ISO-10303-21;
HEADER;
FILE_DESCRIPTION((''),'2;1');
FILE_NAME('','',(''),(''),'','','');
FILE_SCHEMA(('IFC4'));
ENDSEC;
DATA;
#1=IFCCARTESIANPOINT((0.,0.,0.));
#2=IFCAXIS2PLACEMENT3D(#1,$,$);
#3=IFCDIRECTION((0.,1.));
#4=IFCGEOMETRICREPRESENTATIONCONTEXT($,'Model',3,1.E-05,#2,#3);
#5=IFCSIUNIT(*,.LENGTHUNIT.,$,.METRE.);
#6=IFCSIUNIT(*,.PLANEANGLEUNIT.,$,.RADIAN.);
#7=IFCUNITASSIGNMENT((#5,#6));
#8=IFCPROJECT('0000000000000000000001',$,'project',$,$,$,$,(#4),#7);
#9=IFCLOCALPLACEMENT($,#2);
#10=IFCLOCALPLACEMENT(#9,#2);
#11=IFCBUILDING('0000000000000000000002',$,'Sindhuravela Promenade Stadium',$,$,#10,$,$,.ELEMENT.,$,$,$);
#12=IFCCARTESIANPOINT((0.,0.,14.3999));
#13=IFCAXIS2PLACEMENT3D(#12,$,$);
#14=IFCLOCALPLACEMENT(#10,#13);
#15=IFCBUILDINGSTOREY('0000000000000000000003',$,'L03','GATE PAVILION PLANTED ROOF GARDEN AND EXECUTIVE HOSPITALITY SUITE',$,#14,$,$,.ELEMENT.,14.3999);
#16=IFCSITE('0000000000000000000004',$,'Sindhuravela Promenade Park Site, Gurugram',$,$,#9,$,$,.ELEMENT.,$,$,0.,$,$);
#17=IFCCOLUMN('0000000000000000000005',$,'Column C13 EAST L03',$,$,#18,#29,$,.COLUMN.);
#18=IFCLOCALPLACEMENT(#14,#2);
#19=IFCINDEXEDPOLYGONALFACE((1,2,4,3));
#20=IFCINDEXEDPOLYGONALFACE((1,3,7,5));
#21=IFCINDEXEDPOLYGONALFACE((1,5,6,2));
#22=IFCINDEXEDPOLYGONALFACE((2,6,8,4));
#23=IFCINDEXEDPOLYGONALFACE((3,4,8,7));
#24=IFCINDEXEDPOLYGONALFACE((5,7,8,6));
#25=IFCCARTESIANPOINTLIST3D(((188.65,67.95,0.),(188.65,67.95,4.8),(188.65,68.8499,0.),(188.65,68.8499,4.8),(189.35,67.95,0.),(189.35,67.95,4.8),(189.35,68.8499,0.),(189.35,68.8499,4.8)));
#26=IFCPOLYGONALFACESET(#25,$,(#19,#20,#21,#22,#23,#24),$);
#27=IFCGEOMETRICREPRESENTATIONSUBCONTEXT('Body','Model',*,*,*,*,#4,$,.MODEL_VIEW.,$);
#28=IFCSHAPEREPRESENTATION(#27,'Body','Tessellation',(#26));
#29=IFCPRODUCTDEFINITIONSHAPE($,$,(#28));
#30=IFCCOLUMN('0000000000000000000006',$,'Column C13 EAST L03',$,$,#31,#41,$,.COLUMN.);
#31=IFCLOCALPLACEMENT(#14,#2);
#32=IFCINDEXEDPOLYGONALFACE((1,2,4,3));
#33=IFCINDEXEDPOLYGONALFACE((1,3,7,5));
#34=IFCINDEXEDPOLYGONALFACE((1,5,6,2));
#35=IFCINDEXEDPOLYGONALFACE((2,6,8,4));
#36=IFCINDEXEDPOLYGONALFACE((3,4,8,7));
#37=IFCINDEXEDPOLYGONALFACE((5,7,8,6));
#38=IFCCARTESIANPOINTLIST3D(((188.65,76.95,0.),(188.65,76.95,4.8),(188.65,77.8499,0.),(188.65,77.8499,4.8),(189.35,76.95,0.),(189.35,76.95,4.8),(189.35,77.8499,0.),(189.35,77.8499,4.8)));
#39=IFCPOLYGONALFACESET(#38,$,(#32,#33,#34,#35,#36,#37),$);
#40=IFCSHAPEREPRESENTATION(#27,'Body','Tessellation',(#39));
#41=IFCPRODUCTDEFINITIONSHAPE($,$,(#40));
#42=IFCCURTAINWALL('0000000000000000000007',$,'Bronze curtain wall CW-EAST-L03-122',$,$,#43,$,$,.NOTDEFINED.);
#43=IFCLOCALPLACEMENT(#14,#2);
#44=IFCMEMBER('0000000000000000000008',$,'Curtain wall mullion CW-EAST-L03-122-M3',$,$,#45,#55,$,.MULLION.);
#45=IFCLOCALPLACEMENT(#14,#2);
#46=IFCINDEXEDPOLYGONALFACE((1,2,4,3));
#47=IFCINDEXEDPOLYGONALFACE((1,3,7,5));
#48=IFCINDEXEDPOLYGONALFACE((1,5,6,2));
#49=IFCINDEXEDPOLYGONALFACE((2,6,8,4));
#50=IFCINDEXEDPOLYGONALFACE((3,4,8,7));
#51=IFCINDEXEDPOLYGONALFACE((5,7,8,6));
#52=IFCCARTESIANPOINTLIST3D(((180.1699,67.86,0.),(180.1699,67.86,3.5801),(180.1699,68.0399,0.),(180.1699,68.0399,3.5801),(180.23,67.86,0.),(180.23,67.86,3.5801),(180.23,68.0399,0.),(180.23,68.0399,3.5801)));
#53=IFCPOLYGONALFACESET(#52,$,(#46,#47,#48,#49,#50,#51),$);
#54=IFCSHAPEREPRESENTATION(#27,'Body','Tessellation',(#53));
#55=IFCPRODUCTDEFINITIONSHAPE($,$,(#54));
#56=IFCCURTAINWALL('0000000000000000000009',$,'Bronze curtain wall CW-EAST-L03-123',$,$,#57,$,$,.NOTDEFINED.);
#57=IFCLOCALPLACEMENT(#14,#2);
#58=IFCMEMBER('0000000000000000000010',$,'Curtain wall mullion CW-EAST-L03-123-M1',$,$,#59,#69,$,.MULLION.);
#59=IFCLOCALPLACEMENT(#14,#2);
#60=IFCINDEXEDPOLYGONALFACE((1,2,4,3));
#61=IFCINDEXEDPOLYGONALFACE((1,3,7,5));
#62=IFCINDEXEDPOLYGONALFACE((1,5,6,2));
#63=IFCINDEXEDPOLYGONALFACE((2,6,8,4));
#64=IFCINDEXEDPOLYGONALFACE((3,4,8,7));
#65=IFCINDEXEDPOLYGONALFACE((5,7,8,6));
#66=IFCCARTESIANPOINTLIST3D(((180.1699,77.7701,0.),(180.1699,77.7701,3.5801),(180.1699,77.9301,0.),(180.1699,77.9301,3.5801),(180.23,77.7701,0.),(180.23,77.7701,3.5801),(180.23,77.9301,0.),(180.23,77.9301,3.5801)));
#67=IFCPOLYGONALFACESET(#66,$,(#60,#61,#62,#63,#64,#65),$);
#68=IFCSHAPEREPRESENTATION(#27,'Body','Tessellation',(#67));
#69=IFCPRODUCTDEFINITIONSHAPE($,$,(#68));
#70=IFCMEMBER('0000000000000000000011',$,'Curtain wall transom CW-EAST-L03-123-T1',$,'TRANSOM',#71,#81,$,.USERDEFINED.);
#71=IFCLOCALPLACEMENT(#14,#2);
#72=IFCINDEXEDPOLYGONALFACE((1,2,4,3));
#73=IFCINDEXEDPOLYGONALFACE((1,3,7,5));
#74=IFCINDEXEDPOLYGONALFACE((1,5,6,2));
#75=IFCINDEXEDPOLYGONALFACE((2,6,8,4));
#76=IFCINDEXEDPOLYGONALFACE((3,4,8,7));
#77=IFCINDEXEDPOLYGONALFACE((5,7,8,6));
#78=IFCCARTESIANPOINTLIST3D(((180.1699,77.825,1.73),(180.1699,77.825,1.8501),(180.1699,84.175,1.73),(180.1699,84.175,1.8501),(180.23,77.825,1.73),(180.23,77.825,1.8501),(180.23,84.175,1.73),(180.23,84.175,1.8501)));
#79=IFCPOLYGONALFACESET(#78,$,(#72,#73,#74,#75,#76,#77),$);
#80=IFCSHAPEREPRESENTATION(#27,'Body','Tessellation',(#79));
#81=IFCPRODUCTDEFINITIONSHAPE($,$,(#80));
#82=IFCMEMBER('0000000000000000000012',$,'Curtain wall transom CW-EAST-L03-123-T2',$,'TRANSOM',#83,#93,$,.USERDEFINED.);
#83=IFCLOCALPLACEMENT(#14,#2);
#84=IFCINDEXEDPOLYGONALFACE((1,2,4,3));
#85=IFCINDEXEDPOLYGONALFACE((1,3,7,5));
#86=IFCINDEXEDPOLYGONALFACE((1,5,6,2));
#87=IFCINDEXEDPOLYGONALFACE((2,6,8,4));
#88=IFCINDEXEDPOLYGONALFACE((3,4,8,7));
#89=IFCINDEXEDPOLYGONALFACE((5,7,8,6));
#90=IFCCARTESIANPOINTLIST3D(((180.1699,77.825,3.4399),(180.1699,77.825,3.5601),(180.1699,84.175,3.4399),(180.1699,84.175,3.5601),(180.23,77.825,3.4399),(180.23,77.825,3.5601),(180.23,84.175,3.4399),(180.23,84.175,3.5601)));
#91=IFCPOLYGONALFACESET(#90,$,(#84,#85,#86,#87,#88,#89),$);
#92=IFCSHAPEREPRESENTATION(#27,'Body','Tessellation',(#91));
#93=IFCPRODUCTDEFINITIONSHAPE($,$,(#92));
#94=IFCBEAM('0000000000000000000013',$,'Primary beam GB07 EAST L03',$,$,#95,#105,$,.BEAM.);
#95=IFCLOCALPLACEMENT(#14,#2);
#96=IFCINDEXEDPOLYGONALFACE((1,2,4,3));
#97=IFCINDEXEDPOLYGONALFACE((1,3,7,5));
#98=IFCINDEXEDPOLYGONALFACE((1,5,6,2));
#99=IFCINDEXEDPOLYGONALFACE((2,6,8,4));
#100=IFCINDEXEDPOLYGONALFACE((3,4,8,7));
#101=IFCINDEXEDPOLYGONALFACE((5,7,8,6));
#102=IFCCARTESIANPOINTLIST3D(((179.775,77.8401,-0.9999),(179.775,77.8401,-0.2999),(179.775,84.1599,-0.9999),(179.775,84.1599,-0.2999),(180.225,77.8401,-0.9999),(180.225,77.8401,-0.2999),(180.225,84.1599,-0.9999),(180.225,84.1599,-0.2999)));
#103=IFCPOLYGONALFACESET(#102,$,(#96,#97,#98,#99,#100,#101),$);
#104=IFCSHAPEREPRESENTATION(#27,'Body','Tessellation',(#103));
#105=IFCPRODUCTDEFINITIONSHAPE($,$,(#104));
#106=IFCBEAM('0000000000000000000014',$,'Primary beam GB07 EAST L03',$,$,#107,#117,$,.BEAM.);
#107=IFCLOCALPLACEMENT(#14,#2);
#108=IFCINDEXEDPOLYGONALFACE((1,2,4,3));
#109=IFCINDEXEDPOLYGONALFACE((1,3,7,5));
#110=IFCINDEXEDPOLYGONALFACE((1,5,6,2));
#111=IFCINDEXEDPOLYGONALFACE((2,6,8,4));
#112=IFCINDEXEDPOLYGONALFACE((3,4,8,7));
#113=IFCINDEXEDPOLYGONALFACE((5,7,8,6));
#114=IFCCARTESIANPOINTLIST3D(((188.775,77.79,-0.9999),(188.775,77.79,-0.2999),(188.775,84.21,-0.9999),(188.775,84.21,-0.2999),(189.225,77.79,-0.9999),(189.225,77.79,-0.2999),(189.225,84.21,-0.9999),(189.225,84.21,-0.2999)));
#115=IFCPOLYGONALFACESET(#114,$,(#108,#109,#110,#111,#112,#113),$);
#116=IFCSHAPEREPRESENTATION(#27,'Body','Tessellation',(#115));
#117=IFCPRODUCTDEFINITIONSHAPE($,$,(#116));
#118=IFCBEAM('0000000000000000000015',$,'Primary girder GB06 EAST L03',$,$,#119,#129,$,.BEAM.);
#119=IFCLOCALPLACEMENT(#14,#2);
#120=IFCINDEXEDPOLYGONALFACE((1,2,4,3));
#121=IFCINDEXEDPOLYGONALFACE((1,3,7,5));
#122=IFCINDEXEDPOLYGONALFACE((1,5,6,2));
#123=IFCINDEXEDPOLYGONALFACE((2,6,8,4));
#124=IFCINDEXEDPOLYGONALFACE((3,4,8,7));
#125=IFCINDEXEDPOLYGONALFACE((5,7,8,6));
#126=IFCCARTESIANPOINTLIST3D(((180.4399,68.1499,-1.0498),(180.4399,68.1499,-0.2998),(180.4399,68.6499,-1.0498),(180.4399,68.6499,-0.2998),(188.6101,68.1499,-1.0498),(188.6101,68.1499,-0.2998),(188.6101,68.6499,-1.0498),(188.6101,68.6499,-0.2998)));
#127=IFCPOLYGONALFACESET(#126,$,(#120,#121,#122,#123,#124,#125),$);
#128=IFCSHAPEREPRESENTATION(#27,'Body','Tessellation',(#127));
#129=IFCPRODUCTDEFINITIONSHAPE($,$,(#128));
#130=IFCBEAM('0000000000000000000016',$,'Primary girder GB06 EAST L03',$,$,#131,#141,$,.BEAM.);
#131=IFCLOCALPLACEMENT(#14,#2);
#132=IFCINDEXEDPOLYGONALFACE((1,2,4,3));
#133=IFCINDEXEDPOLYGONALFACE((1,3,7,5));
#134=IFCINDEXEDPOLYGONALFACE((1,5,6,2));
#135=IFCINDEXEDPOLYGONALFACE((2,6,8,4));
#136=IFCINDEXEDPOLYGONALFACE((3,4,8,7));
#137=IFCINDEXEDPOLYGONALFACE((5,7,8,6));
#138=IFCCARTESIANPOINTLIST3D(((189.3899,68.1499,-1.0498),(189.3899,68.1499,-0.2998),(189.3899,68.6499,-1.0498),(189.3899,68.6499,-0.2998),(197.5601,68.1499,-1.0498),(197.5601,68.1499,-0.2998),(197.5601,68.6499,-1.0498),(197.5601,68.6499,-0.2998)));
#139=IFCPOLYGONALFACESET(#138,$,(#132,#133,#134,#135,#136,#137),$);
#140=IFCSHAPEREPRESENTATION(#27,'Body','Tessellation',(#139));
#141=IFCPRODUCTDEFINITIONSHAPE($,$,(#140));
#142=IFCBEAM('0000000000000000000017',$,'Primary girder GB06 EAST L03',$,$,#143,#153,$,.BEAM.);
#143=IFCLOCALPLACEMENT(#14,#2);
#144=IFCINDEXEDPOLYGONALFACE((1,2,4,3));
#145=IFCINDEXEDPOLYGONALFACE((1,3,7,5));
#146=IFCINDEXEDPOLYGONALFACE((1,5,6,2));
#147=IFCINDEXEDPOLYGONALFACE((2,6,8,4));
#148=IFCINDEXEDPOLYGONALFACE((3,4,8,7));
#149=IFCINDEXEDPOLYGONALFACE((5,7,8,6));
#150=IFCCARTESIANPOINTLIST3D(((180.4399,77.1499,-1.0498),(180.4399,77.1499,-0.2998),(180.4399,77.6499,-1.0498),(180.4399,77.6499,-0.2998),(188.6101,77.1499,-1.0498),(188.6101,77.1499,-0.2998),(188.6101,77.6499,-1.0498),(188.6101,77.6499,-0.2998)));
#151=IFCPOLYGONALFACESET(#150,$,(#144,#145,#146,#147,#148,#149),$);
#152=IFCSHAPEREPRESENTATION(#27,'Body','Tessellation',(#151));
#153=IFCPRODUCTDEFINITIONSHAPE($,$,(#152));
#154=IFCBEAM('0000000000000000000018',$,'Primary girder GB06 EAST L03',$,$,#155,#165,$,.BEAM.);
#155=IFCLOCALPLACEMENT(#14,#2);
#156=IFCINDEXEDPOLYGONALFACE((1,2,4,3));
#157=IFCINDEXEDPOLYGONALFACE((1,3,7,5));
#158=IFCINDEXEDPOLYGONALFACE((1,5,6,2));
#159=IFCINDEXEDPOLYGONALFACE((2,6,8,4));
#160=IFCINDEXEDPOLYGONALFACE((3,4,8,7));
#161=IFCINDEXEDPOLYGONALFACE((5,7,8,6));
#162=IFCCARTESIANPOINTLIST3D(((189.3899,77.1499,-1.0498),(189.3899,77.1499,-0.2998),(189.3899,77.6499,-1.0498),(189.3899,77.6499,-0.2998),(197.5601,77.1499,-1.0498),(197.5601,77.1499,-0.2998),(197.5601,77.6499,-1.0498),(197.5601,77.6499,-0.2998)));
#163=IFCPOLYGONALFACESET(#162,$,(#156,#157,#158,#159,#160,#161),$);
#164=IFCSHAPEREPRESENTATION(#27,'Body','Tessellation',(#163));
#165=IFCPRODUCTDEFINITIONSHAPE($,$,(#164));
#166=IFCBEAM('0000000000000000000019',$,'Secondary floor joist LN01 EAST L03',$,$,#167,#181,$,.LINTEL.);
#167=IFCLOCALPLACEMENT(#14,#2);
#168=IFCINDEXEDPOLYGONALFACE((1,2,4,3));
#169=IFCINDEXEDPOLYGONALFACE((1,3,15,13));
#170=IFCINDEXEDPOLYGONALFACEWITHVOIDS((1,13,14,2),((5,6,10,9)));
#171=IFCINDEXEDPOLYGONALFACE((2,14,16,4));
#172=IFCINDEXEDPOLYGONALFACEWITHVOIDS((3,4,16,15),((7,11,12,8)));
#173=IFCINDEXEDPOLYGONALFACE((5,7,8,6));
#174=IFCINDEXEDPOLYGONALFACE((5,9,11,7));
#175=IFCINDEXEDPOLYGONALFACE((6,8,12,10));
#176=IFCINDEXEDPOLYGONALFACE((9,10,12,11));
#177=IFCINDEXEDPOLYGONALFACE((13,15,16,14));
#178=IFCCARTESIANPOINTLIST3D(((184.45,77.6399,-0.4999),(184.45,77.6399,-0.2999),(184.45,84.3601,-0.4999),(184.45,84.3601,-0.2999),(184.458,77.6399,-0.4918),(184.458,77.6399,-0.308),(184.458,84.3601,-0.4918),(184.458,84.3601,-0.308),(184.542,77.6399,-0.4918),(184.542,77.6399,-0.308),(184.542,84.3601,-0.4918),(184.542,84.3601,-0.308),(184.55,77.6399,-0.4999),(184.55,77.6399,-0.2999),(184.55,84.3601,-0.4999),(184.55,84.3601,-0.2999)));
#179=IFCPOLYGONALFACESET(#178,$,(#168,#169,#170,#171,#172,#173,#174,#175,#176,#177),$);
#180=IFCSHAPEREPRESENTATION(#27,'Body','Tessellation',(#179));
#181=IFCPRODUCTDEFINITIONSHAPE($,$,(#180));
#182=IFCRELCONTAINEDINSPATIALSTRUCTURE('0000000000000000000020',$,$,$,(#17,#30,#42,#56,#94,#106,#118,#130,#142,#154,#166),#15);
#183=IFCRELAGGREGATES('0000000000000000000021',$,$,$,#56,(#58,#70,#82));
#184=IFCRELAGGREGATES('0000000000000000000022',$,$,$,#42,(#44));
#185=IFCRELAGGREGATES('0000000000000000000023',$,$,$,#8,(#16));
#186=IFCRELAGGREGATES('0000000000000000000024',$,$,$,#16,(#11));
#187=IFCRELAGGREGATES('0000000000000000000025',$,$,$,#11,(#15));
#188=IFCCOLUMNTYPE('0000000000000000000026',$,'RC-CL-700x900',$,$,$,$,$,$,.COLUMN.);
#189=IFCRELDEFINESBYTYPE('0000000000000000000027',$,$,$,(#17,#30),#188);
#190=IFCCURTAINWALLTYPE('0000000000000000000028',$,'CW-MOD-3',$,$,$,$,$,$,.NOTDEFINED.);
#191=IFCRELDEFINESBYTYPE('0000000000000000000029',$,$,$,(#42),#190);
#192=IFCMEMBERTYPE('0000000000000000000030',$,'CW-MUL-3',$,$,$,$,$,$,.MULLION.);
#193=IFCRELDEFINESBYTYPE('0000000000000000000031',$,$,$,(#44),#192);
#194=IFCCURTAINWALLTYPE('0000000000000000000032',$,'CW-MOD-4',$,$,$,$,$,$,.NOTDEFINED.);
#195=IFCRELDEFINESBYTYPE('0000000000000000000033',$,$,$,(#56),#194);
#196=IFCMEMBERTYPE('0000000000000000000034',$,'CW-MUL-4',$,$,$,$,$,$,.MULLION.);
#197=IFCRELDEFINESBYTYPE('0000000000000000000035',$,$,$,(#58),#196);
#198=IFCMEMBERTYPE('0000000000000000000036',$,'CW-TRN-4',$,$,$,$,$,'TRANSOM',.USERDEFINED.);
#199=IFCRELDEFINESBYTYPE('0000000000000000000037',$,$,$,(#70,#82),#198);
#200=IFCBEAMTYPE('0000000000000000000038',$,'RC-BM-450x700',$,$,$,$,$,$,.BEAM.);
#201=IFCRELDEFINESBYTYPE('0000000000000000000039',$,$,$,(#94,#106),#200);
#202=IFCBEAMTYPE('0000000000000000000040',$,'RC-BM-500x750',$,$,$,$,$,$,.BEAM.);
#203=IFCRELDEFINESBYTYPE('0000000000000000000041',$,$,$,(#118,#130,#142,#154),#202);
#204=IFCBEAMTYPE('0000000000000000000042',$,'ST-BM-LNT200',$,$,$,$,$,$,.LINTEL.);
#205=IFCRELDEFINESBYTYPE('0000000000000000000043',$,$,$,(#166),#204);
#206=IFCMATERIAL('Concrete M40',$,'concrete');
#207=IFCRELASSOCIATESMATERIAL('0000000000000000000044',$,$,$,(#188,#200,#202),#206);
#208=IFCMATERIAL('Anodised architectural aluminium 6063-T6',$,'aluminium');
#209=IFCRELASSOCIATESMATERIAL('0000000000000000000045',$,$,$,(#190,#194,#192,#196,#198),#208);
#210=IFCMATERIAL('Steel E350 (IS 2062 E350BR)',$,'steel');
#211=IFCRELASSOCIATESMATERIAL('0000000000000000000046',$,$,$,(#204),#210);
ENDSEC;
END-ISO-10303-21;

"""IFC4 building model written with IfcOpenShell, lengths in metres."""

from ifc_helpers import new_model, si_unit, direction, frame, origin, origin_2d, place, context, subcontext, project, spatial, rectangle, hollow_rectangle, extrude, material, material_profile, profile_set, type_object, element, aggregate, save


model = new_model("IFC4")

# Units and contexts
model_context = context("Model", 3, precision=1e-05, world=origin(), true_north=direction((0.0, 1.0)))
body_context = subcontext(model_context, "Body", "Model", "MODEL_VIEW")
ifc_project = project(units=[si_unit("LENGTHUNIT", "METRE"), si_unit("PLANEANGLEUNIT", "RADIAN")], contexts=[model_context])

# Site, building, storey
site_placement = place(None, origin())
site = spatial("IfcSite", under=ifc_project, at=site_placement, Name="Sindhuravela Promenade Park Site, Gurugram", CompositionType="ELEMENT", RefElevation=0.0)
building_placement = place(site_placement, origin())
building = spatial("IfcBuilding", under=site, at=building_placement, Name="Sindhuravela Promenade Stadium", CompositionType="ELEMENT")
storey_placement = place(building_placement, frame((0.0, 0.0, 14.3999)))
storey = spatial("IfcBuildingStorey", under=building, at=storey_placement, Name="L03", Description="GATE PAVILION PLANTED ROOF GARDEN AND EXECUTIVE HOSPITALITY SUITE", CompositionType="ELEMENT", Elevation=14.3999)

# Columns
ifc_material_1 = material(Name="Concrete M40", Category="concrete")
ifc_material_profile_1 = material_profile(ifc_material_1, rectangle(XDim=0.7, YDim=0.8999, at=origin_2d()), Name="RC 700x900")
ifc_profile_set_1 = profile_set([ifc_material_profile_1], Name="Concrete M40")
column_type = type_object("IfcColumnType", Name="RC-CL-700x900", PredefinedType="COLUMN", material=ifc_profile_set_1)
for number, where, z_axis, x_axis, name in (
    (1, (189.0, 68.3999, 0.0), (0.0, 0.0, 1.0), (1.0, 0.0, 0.0), "Column C13 EAST L03"),
    (2, (189.0, 77.3999, 0.0), (0.0, 0.0, 1.0), (1.0, 0.0, 0.0), "Column C13 EAST L03"),
):
    element("IfcColumn", number, at=place(storey_placement, frame(where, z_axis=z_axis, x_axis=x_axis)), inside=storey, type_object=column_type, Name=name, PredefinedType="COLUMN", context=body_context, shape_type="SweptSolid", body=[
        extrude(rectangle(XDim=0.7, YDim=0.8999, at=origin_2d()), origin(), (0.0, 0.0, 1.0), 4.8),
    ])

# Curtain wall, member
ifc_material_2 = material(Name="Anodised architectural aluminium 6063-T6", Category="aluminium")
curtain_wall_type_1 = type_object("IfcCurtainWallType", Name="CW-MOD-3", PredefinedType="NOTDEFINED", material=ifc_material_2)
curtain_wall_1_placement = place(storey_placement, origin())
curtain_wall_1 = element("IfcCurtainWall", 3, at=curtain_wall_1_placement, inside=storey, type_object=curtain_wall_type_1, Name="Bronze curtain wall CW-EAST-L03-122", PredefinedType="NOTDEFINED")
ifc_material_profile_2 = material_profile(ifc_material_2, rectangle(XDim=0.0601, YDim=0.1799, at=origin_2d()), Name="ALU M60x180")
ifc_profile_set_2 = profile_set([ifc_material_profile_2], Name="Anodised architectural aluminium 6063-T6")
member_type_1 = type_object("IfcMemberType", Name="CW-MUL-3", PredefinedType="MULLION", material=ifc_profile_set_2)
member_1_placement = place(storey_placement, frame((180.2, 67.95, 0.0), z_axis=(0.0, 0.0, 1.0), x_axis=(1.0, 0.0, 0.0)))
member_1 = element("IfcMember", 4, at=member_1_placement, type_object=member_type_1, Name="Curtain wall mullion CW-EAST-L03-122-M3", PredefinedType="MULLION", context=body_context, shape_type="SweptSolid", body=[
    extrude(rectangle(XDim=0.0601, YDim=0.1799, at=origin_2d()), origin(), (0.0, 0.0, 1.0), 3.5801),
])

# Curtain wall, members
curtain_wall_type_2 = type_object("IfcCurtainWallType", Name="CW-MOD-4", PredefinedType="NOTDEFINED", material=ifc_material_2)
curtain_wall_2_placement = place(storey_placement, origin())
curtain_wall_2 = element("IfcCurtainWall", 5, at=curtain_wall_2_placement, inside=storey, type_object=curtain_wall_type_2, Name="Bronze curtain wall CW-EAST-L03-123", PredefinedType="NOTDEFINED")
ifc_material_profile_3 = material_profile(ifc_material_2, rectangle(XDim=0.0601, YDim=0.1599, at=origin_2d()), Name="ALU M60x160")
ifc_profile_set_3 = profile_set([ifc_material_profile_3], Name="Anodised architectural aluminium 6063-T6")
member_type_2 = type_object("IfcMemberType", Name="CW-MUL-4", PredefinedType="MULLION", material=ifc_profile_set_3)
member_2_placement = place(storey_placement, frame((180.2, 77.8501, 0.0), z_axis=(0.0, 0.0, 1.0), x_axis=(1.0, 0.0, 0.0)))
member_2 = element("IfcMember", 6, at=member_2_placement, type_object=member_type_2, Name="Curtain wall mullion CW-EAST-L03-123-M1", PredefinedType="MULLION", context=body_context, shape_type="SweptSolid", body=[
    extrude(rectangle(XDim=0.0601, YDim=0.1599, at=origin_2d()), origin(), (0.0, 0.0, 1.0), 3.5801),
])
ifc_material_profile_4 = material_profile(ifc_material_2, rectangle(XDim=0.0601, YDim=0.1201, at=origin_2d()), Name="ALU T60x120")
ifc_profile_set_4 = profile_set([ifc_material_profile_4], Name="Anodised architectural aluminium 6063-T6")
member_type_3 = type_object("IfcMemberType", Name="CW-TRN-4", ElementType="TRANSOM", PredefinedType="USERDEFINED", material=ifc_profile_set_4)
member_3_placement = place(storey_placement, frame((180.2, 77.825, 1.79), z_axis=(0.0, 1.0, 0.0), x_axis=(-1.0, 0.0, 0.0)))
member_3 = element("IfcMember", 7, at=member_3_placement, type_object=member_type_3, Name="Curtain wall transom CW-EAST-L03-123-T1", ObjectType="TRANSOM", PredefinedType="USERDEFINED", context=body_context, shape_type="SweptSolid", body=[
    extrude(rectangle(XDim=0.0601, YDim=0.1201, at=origin_2d()), origin(), (0.0, 0.0, 1.0), 6.3501),
])
member_4_placement = place(storey_placement, frame((180.2, 77.825, 3.5), z_axis=(0.0, 1.0, 0.0), x_axis=(-1.0, 0.0, 0.0)))
member_4 = element("IfcMember", 8, at=member_4_placement, type_object=member_type_3, Name="Curtain wall transom CW-EAST-L03-123-T2", ObjectType="TRANSOM", PredefinedType="USERDEFINED", context=body_context, shape_type="SweptSolid", body=[
    extrude(rectangle(XDim=0.0601, YDim=0.1201, at=origin_2d()), origin(), (0.0, 0.0, 1.0), 6.3501),
])
aggregate(curtain_wall_2, [member_2, member_3, member_4])

# Beams
ifc_material_profile_5 = material_profile(ifc_material_1, rectangle(XDim=0.45, YDim=0.7, at=origin_2d()), Name="RC 450x700")
ifc_profile_set_5 = profile_set([ifc_material_profile_5], Name="Concrete M40")
beam_type_1 = type_object("IfcBeamType", Name="RC-BM-450x700", PredefinedType="BEAM", material=ifc_profile_set_5)
beam_1_placement = place(storey_placement, frame((180.0, 77.8401, -0.6499), z_axis=(0.0, 1.0, 0.0), x_axis=(-1.0, 0.0, 0.0)))
element("IfcBeam", 9, at=beam_1_placement, inside=storey, type_object=beam_type_1, Name="Primary beam GB07 EAST L03", PredefinedType="BEAM", context=body_context, shape_type="SweptSolid", body=[
    extrude(rectangle(XDim=0.45, YDim=0.7, at=origin_2d()), origin(), (0.0, 0.0, 1.0), 6.3198),
])
beam_2_placement = place(storey_placement, frame((189.0, 77.79, -0.6499), z_axis=(0.0, 1.0, 0.0), x_axis=(-1.0, 0.0, 0.0)))
element("IfcBeam", 10, at=beam_2_placement, inside=storey, type_object=beam_type_1, Name="Primary beam GB07 EAST L03", PredefinedType="BEAM", context=body_context, shape_type="SweptSolid", body=[
    extrude(rectangle(XDim=0.45, YDim=0.7, at=origin_2d()), origin(), (0.0, 0.0, 1.0), 6.4199),
])
ifc_material_profile_6 = material_profile(ifc_material_1, rectangle(XDim=0.5, YDim=0.75, at=origin_2d()), Name="RC 500x750")
ifc_profile_set_6 = profile_set([ifc_material_profile_6], Name="Concrete M40")
beam_type_2 = type_object("IfcBeamType", Name="RC-BM-500x750", PredefinedType="BEAM", material=ifc_profile_set_6)
for number, where, z_axis, x_axis, name in (
    (11, (180.4399, 68.3999, -0.6748), (1.0, 0.0, 0.0), (0.0, 1.0, 0.0), "Primary girder GB06 EAST L03"),
    (12, (189.3899, 68.3999, -0.6748), (1.0, 0.0, 0.0), (0.0, 1.0, 0.0), "Primary girder GB06 EAST L03"),
    (13, (180.4399, 77.3999, -0.6748), (1.0, 0.0, 0.0), (0.0, 1.0, 0.0), "Primary girder GB06 EAST L03"),
    (14, (189.3899, 77.3999, -0.6748), (1.0, 0.0, 0.0), (0.0, 1.0, 0.0), "Primary girder GB06 EAST L03"),
):
    element("IfcBeam", number, at=place(storey_placement, frame(where, z_axis=z_axis, x_axis=x_axis)), inside=storey, type_object=beam_type_2, Name=name, PredefinedType="BEAM", context=body_context, shape_type="SweptSolid", body=[
        extrude(rectangle(XDim=0.5, YDim=0.75, at=origin_2d()), origin(), (0.0, 0.0, 1.0), 8.1702),
    ])
ifc_material_3 = material(Name="Steel E350 (IS 2062 E350BR)", Category="steel")
ifc_material_profile_7 = material_profile(ifc_material_3, hollow_rectangle(XDim=0.1001, YDim=0.2, WallThickness=0.0081, at=origin_2d()), Name="RHS 200x100x8")
ifc_profile_set_7 = profile_set([ifc_material_profile_7], Name="Steel E350 (IS 2062 E350BR)")
beam_type_3 = type_object("IfcBeamType", Name="ST-BM-LNT200", PredefinedType="LINTEL", material=ifc_profile_set_7)
beam_3_placement = place(storey_placement, frame((184.5, 77.6399, -0.3999), z_axis=(0.0, 1.0, 0.0), x_axis=(-1.0, 0.0, 0.0)))
element("IfcBeam", 15, at=beam_3_placement, inside=storey, type_object=beam_type_3, Name="Secondary floor joist LN01 EAST L03", PredefinedType="LINTEL", context=body_context, shape_type="SweptSolid", body=[
    extrude(hollow_rectangle(XDim=0.1001, YDim=0.2, WallThickness=0.0081, at=origin_2d()), origin(), (0.0, 0.0, 1.0), 6.7202),
])

aggregate(curtain_wall_1, [member_1])

save(model, "model.ifc")
